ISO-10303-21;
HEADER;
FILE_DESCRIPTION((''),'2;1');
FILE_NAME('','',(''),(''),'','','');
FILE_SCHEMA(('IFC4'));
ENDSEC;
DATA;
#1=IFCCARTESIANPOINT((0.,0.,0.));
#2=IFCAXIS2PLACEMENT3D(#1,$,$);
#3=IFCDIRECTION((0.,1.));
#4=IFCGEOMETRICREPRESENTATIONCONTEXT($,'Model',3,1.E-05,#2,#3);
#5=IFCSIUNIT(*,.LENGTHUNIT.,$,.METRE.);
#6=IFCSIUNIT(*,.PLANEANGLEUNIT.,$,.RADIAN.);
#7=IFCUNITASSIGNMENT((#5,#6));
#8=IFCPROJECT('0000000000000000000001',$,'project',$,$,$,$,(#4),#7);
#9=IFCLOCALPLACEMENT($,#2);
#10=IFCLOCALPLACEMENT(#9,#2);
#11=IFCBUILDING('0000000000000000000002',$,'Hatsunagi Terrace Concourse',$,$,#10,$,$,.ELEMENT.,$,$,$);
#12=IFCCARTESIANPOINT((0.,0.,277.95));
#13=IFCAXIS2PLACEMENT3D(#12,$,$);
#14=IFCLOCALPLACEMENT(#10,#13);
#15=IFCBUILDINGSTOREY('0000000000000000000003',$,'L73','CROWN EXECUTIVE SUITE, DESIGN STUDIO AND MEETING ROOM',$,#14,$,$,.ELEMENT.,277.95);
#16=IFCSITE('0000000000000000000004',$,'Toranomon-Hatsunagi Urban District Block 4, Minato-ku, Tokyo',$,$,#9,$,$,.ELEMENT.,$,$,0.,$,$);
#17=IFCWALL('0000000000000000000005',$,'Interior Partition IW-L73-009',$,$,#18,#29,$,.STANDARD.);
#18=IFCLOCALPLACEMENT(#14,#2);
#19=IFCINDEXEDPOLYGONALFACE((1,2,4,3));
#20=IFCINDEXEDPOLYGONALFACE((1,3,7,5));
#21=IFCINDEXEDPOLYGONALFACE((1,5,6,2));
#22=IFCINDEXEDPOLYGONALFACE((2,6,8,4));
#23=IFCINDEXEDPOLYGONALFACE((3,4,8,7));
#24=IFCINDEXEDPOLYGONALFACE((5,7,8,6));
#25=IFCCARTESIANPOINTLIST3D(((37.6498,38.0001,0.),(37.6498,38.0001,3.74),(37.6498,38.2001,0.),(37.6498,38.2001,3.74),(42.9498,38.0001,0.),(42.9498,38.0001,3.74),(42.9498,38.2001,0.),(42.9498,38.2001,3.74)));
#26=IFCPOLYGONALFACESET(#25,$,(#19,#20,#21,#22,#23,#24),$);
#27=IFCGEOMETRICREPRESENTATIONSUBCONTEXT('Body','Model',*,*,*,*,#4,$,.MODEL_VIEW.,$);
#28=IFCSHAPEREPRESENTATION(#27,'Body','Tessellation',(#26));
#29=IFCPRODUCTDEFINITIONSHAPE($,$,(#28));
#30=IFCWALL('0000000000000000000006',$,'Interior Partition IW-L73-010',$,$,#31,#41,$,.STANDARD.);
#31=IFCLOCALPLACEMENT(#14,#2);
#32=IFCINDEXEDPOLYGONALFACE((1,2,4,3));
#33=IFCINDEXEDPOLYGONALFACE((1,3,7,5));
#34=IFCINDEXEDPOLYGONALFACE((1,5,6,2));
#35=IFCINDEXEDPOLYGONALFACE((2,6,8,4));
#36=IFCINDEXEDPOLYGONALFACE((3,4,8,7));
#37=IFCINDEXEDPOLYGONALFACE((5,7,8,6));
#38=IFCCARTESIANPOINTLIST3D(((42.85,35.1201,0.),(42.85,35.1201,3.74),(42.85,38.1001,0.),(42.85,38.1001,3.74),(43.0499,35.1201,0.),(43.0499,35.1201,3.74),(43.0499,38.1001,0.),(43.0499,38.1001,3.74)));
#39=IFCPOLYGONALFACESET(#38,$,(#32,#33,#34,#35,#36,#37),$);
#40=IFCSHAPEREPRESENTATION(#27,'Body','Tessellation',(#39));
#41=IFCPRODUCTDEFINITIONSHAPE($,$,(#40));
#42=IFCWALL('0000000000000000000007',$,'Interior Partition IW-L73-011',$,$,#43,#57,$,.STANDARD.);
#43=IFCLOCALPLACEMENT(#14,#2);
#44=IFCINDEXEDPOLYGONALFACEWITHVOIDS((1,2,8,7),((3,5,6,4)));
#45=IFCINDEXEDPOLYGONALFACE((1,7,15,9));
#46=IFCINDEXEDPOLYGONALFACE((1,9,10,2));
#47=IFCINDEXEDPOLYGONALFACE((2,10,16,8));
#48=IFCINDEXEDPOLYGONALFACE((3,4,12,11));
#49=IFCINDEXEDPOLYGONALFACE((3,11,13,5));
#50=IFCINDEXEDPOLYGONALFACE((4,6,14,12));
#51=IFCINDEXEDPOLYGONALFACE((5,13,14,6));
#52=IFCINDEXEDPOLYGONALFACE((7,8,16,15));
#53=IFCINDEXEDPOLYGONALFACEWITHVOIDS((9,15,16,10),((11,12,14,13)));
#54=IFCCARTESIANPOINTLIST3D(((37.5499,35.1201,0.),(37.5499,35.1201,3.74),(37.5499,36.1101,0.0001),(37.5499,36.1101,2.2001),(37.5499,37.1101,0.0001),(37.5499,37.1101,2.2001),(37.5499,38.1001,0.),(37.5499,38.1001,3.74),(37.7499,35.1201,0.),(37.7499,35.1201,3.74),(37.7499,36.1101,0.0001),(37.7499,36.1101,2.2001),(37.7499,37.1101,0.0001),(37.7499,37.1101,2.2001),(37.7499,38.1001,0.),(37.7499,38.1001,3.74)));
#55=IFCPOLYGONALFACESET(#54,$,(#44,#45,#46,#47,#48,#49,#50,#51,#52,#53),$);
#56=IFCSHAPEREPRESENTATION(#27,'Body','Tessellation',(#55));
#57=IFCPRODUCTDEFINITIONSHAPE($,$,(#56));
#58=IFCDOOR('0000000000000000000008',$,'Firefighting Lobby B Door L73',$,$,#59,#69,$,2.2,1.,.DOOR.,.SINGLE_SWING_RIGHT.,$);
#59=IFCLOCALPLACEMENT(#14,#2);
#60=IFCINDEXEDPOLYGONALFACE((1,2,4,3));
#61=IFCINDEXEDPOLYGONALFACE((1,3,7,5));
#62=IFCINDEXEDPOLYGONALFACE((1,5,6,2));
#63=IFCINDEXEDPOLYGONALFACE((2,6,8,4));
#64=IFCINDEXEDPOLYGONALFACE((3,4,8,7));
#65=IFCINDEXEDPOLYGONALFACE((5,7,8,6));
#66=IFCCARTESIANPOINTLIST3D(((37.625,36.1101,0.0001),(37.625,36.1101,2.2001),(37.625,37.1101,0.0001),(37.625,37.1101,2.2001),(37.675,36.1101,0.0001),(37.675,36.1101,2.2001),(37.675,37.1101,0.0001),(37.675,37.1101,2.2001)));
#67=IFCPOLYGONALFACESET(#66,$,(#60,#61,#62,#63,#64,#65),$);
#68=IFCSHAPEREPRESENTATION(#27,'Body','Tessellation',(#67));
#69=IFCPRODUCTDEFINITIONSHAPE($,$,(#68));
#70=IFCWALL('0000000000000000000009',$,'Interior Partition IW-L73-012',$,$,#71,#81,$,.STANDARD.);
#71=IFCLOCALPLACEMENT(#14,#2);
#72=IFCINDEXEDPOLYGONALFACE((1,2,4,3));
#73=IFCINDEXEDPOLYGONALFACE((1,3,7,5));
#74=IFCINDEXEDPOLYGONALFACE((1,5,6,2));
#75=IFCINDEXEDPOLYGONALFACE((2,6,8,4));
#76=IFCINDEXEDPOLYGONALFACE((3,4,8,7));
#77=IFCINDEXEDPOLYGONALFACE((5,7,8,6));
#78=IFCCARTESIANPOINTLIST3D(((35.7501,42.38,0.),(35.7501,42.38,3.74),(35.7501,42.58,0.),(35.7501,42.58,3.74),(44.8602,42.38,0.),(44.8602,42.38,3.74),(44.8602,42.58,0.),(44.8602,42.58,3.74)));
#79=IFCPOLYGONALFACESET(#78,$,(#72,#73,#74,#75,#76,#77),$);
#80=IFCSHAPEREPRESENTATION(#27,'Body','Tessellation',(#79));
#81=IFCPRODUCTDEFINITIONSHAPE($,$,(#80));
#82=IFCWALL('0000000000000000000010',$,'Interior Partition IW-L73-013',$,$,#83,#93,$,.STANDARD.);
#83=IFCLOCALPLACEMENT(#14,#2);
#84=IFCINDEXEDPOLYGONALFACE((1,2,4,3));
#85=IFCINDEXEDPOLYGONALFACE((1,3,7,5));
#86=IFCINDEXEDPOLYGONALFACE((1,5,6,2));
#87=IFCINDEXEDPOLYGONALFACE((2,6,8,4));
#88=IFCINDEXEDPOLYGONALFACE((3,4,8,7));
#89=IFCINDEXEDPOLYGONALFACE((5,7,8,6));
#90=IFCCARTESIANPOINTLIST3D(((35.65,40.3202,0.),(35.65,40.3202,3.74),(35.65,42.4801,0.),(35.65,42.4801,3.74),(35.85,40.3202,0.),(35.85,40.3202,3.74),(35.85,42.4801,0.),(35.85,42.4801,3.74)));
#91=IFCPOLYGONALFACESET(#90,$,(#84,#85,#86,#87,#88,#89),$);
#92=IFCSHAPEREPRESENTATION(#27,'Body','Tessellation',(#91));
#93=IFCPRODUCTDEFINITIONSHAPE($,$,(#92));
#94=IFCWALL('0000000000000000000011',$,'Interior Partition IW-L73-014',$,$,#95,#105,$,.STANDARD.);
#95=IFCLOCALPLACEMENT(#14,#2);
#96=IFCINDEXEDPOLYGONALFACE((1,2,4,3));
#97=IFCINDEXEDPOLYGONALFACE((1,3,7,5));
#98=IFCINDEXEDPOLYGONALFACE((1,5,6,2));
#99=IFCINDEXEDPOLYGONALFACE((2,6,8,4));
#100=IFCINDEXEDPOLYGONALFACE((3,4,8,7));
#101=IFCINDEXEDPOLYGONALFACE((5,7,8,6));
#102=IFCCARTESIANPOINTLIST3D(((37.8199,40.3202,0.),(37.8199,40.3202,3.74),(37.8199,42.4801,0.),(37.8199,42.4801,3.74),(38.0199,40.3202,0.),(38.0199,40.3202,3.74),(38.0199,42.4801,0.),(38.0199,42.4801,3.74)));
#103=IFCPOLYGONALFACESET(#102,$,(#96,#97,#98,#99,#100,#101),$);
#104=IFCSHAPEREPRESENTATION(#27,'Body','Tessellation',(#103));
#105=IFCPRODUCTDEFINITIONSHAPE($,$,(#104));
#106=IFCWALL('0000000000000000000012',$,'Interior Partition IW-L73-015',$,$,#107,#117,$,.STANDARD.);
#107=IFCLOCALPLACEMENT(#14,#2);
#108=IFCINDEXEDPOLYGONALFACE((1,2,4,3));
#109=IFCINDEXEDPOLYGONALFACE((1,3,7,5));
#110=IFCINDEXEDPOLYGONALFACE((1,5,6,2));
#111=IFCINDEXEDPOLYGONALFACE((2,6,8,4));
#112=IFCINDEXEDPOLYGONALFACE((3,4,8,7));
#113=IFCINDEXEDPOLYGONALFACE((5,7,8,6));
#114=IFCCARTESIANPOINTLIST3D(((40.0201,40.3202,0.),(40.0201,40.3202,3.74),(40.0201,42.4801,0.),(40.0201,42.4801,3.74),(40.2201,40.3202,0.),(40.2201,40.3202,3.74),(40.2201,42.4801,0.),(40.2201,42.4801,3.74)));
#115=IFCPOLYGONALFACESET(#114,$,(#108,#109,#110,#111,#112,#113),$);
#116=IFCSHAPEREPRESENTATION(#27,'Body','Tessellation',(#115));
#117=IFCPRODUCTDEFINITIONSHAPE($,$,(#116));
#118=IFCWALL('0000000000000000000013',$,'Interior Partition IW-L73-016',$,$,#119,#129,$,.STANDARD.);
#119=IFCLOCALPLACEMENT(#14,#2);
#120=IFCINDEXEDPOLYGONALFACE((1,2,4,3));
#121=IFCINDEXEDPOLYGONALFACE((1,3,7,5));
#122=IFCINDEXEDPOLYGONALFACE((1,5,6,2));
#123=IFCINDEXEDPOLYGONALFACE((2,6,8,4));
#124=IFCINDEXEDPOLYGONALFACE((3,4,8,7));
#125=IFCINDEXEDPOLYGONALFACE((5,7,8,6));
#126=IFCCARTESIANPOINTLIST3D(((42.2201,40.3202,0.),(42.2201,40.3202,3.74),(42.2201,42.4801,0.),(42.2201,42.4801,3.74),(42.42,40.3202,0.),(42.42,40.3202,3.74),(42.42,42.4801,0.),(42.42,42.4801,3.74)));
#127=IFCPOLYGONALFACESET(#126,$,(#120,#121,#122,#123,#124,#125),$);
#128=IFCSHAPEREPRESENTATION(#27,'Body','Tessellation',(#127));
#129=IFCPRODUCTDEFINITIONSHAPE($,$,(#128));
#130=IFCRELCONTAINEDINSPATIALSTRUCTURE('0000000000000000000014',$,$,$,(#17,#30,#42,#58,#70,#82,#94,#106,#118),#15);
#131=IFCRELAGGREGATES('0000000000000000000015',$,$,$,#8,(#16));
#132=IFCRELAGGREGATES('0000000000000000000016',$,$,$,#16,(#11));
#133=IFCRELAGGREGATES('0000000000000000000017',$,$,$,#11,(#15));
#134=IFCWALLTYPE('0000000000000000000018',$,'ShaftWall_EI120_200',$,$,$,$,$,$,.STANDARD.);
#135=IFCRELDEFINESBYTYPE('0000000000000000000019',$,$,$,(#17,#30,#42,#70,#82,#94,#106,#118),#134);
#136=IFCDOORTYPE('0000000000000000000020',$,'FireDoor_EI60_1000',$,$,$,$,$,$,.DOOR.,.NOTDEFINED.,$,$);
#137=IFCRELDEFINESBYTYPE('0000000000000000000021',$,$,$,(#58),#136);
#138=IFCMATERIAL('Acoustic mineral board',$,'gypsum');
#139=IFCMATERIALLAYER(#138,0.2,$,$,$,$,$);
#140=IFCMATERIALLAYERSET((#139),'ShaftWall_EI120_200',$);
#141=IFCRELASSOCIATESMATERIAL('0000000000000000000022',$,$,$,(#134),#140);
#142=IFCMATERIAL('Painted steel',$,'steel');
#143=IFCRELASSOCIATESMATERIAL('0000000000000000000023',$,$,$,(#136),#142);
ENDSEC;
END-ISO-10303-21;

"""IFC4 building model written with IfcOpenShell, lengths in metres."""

from ifc_helpers import new_model, si_unit, direction, frame, frame_2d, origin, place, context, subcontext, project, spatial, rectangle, extrude, material, layer, layer_set, type_object, element, fill, save


model = new_model("IFC4")

# Units and contexts
model_context = context("Model", 3, precision=1e-05, world=origin(), true_north=direction((0.0, 1.0)))
body_context = subcontext(model_context, "Body", "Model", "MODEL_VIEW")
ifc_project = project(units=[si_unit("LENGTHUNIT", "METRE"), si_unit("PLANEANGLEUNIT", "RADIAN")], contexts=[model_context])

# Site, building, storey
site_placement = place(None, origin())
site = spatial("IfcSite", under=ifc_project, at=site_placement, Name="Toranomon-Hatsunagi Urban District Block 4, Minato-ku, Tokyo", CompositionType="ELEMENT", RefElevation=0.0)
building_placement = place(site_placement, origin())
building = spatial("IfcBuilding", under=site, at=building_placement, Name="Hatsunagi Terrace Concourse", CompositionType="ELEMENT")
storey_placement = place(building_placement, frame((0.0, 0.0, 277.95)))
storey = spatial("IfcBuildingStorey", under=building, at=storey_placement, Name="L73", Description="CROWN EXECUTIVE SUITE, DESIGN STUDIO AND MEETING ROOM", CompositionType="ELEMENT", Elevation=277.95)

# Walls
ifc_material_1 = material(Name="Acoustic mineral board", Category="gypsum")
ifc_layer_1 = layer(ifc_material_1, 0.2)
ifc_layer_set_1 = layer_set([ifc_layer_1], Name="ShaftWall_EI120_200")
wall_type_1 = type_object("IfcWallType", Name="ShaftWall_EI120_200", PredefinedType="STANDARD", material=ifc_layer_set_1)
wall_1_placement = place(storey_placement, frame((37.6499, 38.1001, 0.0), z_axis=(0.0, 0.0, 1.0), x_axis=(1.0, 0.0, 0.0)))
element("IfcWall", 1, at=wall_1_placement, inside=storey, type_object=wall_type_1, Name="Interior Partition IW-L73-009", PredefinedType="STANDARD", context=body_context, shape_type="SweptSolid", body=[
    extrude(rectangle(XDim=5.3, YDim=0.2, at=frame_2d((2.6499, 0.0))), origin(), (0.0, 0.0, 1.0), 3.74),
])
wall_2_placement = place(storey_placement, frame((42.95, 35.1201, 0.0), z_axis=(0.0, 0.0, 1.0), x_axis=(0.0, 1.0, 0.0)))
element("IfcWall", 2, at=wall_2_placement, inside=storey, type_object=wall_type_1, Name="Interior Partition IW-L73-010", PredefinedType="STANDARD", context=body_context, shape_type="SweptSolid", body=[
    extrude(rectangle(XDim=2.98, YDim=0.2, at=frame_2d((1.49, 0.0))), origin(), (0.0, 0.0, 1.0), 3.74),
])

# Wall, opening, door
wall_3_placement = place(storey_placement, frame((37.6499, 35.1201, 0.0), z_axis=(0.0, 0.0, 1.0), x_axis=(0.0, 1.0, 0.0)))
wall_3 = element("IfcWall", 3, at=wall_3_placement, inside=storey, type_object=wall_type_1, Name="Interior Partition IW-L73-011", PredefinedType="STANDARD", context=body_context, shape_type="SweptSolid", body=[
    extrude(rectangle(XDim=2.98, YDim=0.2, at=frame_2d((1.49, 0.0))), origin(), (0.0, 0.0, 1.0), 3.74),
])
opening_1_placement = place(wall_3_placement, frame((0.99, 0.0, 0.0)))
opening_1 = element("IfcOpeningElement", 4, at=opening_1_placement, cuts=wall_3, PredefinedType="OPENING", context=body_context, shape_type="SweptSolid", body=[
    extrude(rectangle(XDim=1.0, YDim=2.2, at=frame_2d((0.5, 1.1001))), frame((0.0, 0.1099, 0.0), z_axis=(0.0, -1.0, 0.0), x_axis=(1.0, 0.0, 0.0)), (0.0, 0.0, 1.0), 0.22),
])
ifc_material_2 = material(Name="Painted steel", Category="steel")
door_type_1 = type_object("IfcDoorType", Name="FireDoor_EI60_1000", OperationType="NOTDEFINED", PredefinedType="DOOR", material=ifc_material_2)
door_1_placement = place(opening_1_placement, origin())
door_1 = element("IfcDoor", 5, at=door_1_placement, inside=storey, type_object=door_type_1, Name="Firefighting Lobby B Door L73", OperationType="SINGLE_SWING_RIGHT", OverallHeight=2.2, OverallWidth=1.0, PredefinedType="DOOR", context=body_context, shape_type="SweptSolid", body=[
    extrude(rectangle(XDim=1.0, YDim=2.2, at=frame_2d((0.5, 1.1001))), frame((0.0, 0.0249, 0.0), z_axis=(0.0, -1.0, 0.0), x_axis=(1.0, 0.0, 0.0)), (0.0, 0.0, 1.0), 0.05),
])
fill(opening_1, door_1)

# Walls
wall_4_placement = place(storey_placement, frame((35.75, 42.48, 0.0), z_axis=(0.0, 0.0, 1.0), x_axis=(1.0, 0.0, 0.0)))
element("IfcWall", 6, at=wall_4_placement, inside=storey, type_object=wall_type_1, Name="Interior Partition IW-L73-012", PredefinedType="STANDARD", context=body_context, shape_type="SweptSolid", body=[
    extrude(rectangle(XDim=9.1101, YDim=0.2, at=frame_2d((4.5552, 0.0))), origin(), (0.0, 0.0, 1.0), 3.74),
])
for number, where, z_axis, x_axis, name in (
    (7, (35.75, 40.3201, 0.0), (0.0, 0.0, 1.0), (0.0, 1.0, 0.0), "Interior Partition IW-L73-013"),
    (8, (37.9199, 40.3201, 0.0), (0.0, 0.0, 1.0), (0.0, 1.0, 0.0), "Interior Partition IW-L73-014"),
    (9, (40.1201, 40.3201, 0.0), (0.0, 0.0, 1.0), (0.0, 1.0, 0.0), "Interior Partition IW-L73-015"),
    (10, (42.3201, 40.3201, 0.0), (0.0, 0.0, 1.0), (0.0, 1.0, 0.0), "Interior Partition IW-L73-016"),
):
    element("IfcWall", number, at=place(storey_placement, frame(where, z_axis=z_axis, x_axis=x_axis)), inside=storey, type_object=wall_type_1, Name=name, PredefinedType="STANDARD", context=body_context, shape_type="SweptSolid", body=[
        extrude(rectangle(XDim=2.1599, YDim=0.2, at=frame_2d((1.0801, 0.0))), origin(), (0.0, 0.0, 1.0), 3.74),
    ])

save(model, "model.ifc")
